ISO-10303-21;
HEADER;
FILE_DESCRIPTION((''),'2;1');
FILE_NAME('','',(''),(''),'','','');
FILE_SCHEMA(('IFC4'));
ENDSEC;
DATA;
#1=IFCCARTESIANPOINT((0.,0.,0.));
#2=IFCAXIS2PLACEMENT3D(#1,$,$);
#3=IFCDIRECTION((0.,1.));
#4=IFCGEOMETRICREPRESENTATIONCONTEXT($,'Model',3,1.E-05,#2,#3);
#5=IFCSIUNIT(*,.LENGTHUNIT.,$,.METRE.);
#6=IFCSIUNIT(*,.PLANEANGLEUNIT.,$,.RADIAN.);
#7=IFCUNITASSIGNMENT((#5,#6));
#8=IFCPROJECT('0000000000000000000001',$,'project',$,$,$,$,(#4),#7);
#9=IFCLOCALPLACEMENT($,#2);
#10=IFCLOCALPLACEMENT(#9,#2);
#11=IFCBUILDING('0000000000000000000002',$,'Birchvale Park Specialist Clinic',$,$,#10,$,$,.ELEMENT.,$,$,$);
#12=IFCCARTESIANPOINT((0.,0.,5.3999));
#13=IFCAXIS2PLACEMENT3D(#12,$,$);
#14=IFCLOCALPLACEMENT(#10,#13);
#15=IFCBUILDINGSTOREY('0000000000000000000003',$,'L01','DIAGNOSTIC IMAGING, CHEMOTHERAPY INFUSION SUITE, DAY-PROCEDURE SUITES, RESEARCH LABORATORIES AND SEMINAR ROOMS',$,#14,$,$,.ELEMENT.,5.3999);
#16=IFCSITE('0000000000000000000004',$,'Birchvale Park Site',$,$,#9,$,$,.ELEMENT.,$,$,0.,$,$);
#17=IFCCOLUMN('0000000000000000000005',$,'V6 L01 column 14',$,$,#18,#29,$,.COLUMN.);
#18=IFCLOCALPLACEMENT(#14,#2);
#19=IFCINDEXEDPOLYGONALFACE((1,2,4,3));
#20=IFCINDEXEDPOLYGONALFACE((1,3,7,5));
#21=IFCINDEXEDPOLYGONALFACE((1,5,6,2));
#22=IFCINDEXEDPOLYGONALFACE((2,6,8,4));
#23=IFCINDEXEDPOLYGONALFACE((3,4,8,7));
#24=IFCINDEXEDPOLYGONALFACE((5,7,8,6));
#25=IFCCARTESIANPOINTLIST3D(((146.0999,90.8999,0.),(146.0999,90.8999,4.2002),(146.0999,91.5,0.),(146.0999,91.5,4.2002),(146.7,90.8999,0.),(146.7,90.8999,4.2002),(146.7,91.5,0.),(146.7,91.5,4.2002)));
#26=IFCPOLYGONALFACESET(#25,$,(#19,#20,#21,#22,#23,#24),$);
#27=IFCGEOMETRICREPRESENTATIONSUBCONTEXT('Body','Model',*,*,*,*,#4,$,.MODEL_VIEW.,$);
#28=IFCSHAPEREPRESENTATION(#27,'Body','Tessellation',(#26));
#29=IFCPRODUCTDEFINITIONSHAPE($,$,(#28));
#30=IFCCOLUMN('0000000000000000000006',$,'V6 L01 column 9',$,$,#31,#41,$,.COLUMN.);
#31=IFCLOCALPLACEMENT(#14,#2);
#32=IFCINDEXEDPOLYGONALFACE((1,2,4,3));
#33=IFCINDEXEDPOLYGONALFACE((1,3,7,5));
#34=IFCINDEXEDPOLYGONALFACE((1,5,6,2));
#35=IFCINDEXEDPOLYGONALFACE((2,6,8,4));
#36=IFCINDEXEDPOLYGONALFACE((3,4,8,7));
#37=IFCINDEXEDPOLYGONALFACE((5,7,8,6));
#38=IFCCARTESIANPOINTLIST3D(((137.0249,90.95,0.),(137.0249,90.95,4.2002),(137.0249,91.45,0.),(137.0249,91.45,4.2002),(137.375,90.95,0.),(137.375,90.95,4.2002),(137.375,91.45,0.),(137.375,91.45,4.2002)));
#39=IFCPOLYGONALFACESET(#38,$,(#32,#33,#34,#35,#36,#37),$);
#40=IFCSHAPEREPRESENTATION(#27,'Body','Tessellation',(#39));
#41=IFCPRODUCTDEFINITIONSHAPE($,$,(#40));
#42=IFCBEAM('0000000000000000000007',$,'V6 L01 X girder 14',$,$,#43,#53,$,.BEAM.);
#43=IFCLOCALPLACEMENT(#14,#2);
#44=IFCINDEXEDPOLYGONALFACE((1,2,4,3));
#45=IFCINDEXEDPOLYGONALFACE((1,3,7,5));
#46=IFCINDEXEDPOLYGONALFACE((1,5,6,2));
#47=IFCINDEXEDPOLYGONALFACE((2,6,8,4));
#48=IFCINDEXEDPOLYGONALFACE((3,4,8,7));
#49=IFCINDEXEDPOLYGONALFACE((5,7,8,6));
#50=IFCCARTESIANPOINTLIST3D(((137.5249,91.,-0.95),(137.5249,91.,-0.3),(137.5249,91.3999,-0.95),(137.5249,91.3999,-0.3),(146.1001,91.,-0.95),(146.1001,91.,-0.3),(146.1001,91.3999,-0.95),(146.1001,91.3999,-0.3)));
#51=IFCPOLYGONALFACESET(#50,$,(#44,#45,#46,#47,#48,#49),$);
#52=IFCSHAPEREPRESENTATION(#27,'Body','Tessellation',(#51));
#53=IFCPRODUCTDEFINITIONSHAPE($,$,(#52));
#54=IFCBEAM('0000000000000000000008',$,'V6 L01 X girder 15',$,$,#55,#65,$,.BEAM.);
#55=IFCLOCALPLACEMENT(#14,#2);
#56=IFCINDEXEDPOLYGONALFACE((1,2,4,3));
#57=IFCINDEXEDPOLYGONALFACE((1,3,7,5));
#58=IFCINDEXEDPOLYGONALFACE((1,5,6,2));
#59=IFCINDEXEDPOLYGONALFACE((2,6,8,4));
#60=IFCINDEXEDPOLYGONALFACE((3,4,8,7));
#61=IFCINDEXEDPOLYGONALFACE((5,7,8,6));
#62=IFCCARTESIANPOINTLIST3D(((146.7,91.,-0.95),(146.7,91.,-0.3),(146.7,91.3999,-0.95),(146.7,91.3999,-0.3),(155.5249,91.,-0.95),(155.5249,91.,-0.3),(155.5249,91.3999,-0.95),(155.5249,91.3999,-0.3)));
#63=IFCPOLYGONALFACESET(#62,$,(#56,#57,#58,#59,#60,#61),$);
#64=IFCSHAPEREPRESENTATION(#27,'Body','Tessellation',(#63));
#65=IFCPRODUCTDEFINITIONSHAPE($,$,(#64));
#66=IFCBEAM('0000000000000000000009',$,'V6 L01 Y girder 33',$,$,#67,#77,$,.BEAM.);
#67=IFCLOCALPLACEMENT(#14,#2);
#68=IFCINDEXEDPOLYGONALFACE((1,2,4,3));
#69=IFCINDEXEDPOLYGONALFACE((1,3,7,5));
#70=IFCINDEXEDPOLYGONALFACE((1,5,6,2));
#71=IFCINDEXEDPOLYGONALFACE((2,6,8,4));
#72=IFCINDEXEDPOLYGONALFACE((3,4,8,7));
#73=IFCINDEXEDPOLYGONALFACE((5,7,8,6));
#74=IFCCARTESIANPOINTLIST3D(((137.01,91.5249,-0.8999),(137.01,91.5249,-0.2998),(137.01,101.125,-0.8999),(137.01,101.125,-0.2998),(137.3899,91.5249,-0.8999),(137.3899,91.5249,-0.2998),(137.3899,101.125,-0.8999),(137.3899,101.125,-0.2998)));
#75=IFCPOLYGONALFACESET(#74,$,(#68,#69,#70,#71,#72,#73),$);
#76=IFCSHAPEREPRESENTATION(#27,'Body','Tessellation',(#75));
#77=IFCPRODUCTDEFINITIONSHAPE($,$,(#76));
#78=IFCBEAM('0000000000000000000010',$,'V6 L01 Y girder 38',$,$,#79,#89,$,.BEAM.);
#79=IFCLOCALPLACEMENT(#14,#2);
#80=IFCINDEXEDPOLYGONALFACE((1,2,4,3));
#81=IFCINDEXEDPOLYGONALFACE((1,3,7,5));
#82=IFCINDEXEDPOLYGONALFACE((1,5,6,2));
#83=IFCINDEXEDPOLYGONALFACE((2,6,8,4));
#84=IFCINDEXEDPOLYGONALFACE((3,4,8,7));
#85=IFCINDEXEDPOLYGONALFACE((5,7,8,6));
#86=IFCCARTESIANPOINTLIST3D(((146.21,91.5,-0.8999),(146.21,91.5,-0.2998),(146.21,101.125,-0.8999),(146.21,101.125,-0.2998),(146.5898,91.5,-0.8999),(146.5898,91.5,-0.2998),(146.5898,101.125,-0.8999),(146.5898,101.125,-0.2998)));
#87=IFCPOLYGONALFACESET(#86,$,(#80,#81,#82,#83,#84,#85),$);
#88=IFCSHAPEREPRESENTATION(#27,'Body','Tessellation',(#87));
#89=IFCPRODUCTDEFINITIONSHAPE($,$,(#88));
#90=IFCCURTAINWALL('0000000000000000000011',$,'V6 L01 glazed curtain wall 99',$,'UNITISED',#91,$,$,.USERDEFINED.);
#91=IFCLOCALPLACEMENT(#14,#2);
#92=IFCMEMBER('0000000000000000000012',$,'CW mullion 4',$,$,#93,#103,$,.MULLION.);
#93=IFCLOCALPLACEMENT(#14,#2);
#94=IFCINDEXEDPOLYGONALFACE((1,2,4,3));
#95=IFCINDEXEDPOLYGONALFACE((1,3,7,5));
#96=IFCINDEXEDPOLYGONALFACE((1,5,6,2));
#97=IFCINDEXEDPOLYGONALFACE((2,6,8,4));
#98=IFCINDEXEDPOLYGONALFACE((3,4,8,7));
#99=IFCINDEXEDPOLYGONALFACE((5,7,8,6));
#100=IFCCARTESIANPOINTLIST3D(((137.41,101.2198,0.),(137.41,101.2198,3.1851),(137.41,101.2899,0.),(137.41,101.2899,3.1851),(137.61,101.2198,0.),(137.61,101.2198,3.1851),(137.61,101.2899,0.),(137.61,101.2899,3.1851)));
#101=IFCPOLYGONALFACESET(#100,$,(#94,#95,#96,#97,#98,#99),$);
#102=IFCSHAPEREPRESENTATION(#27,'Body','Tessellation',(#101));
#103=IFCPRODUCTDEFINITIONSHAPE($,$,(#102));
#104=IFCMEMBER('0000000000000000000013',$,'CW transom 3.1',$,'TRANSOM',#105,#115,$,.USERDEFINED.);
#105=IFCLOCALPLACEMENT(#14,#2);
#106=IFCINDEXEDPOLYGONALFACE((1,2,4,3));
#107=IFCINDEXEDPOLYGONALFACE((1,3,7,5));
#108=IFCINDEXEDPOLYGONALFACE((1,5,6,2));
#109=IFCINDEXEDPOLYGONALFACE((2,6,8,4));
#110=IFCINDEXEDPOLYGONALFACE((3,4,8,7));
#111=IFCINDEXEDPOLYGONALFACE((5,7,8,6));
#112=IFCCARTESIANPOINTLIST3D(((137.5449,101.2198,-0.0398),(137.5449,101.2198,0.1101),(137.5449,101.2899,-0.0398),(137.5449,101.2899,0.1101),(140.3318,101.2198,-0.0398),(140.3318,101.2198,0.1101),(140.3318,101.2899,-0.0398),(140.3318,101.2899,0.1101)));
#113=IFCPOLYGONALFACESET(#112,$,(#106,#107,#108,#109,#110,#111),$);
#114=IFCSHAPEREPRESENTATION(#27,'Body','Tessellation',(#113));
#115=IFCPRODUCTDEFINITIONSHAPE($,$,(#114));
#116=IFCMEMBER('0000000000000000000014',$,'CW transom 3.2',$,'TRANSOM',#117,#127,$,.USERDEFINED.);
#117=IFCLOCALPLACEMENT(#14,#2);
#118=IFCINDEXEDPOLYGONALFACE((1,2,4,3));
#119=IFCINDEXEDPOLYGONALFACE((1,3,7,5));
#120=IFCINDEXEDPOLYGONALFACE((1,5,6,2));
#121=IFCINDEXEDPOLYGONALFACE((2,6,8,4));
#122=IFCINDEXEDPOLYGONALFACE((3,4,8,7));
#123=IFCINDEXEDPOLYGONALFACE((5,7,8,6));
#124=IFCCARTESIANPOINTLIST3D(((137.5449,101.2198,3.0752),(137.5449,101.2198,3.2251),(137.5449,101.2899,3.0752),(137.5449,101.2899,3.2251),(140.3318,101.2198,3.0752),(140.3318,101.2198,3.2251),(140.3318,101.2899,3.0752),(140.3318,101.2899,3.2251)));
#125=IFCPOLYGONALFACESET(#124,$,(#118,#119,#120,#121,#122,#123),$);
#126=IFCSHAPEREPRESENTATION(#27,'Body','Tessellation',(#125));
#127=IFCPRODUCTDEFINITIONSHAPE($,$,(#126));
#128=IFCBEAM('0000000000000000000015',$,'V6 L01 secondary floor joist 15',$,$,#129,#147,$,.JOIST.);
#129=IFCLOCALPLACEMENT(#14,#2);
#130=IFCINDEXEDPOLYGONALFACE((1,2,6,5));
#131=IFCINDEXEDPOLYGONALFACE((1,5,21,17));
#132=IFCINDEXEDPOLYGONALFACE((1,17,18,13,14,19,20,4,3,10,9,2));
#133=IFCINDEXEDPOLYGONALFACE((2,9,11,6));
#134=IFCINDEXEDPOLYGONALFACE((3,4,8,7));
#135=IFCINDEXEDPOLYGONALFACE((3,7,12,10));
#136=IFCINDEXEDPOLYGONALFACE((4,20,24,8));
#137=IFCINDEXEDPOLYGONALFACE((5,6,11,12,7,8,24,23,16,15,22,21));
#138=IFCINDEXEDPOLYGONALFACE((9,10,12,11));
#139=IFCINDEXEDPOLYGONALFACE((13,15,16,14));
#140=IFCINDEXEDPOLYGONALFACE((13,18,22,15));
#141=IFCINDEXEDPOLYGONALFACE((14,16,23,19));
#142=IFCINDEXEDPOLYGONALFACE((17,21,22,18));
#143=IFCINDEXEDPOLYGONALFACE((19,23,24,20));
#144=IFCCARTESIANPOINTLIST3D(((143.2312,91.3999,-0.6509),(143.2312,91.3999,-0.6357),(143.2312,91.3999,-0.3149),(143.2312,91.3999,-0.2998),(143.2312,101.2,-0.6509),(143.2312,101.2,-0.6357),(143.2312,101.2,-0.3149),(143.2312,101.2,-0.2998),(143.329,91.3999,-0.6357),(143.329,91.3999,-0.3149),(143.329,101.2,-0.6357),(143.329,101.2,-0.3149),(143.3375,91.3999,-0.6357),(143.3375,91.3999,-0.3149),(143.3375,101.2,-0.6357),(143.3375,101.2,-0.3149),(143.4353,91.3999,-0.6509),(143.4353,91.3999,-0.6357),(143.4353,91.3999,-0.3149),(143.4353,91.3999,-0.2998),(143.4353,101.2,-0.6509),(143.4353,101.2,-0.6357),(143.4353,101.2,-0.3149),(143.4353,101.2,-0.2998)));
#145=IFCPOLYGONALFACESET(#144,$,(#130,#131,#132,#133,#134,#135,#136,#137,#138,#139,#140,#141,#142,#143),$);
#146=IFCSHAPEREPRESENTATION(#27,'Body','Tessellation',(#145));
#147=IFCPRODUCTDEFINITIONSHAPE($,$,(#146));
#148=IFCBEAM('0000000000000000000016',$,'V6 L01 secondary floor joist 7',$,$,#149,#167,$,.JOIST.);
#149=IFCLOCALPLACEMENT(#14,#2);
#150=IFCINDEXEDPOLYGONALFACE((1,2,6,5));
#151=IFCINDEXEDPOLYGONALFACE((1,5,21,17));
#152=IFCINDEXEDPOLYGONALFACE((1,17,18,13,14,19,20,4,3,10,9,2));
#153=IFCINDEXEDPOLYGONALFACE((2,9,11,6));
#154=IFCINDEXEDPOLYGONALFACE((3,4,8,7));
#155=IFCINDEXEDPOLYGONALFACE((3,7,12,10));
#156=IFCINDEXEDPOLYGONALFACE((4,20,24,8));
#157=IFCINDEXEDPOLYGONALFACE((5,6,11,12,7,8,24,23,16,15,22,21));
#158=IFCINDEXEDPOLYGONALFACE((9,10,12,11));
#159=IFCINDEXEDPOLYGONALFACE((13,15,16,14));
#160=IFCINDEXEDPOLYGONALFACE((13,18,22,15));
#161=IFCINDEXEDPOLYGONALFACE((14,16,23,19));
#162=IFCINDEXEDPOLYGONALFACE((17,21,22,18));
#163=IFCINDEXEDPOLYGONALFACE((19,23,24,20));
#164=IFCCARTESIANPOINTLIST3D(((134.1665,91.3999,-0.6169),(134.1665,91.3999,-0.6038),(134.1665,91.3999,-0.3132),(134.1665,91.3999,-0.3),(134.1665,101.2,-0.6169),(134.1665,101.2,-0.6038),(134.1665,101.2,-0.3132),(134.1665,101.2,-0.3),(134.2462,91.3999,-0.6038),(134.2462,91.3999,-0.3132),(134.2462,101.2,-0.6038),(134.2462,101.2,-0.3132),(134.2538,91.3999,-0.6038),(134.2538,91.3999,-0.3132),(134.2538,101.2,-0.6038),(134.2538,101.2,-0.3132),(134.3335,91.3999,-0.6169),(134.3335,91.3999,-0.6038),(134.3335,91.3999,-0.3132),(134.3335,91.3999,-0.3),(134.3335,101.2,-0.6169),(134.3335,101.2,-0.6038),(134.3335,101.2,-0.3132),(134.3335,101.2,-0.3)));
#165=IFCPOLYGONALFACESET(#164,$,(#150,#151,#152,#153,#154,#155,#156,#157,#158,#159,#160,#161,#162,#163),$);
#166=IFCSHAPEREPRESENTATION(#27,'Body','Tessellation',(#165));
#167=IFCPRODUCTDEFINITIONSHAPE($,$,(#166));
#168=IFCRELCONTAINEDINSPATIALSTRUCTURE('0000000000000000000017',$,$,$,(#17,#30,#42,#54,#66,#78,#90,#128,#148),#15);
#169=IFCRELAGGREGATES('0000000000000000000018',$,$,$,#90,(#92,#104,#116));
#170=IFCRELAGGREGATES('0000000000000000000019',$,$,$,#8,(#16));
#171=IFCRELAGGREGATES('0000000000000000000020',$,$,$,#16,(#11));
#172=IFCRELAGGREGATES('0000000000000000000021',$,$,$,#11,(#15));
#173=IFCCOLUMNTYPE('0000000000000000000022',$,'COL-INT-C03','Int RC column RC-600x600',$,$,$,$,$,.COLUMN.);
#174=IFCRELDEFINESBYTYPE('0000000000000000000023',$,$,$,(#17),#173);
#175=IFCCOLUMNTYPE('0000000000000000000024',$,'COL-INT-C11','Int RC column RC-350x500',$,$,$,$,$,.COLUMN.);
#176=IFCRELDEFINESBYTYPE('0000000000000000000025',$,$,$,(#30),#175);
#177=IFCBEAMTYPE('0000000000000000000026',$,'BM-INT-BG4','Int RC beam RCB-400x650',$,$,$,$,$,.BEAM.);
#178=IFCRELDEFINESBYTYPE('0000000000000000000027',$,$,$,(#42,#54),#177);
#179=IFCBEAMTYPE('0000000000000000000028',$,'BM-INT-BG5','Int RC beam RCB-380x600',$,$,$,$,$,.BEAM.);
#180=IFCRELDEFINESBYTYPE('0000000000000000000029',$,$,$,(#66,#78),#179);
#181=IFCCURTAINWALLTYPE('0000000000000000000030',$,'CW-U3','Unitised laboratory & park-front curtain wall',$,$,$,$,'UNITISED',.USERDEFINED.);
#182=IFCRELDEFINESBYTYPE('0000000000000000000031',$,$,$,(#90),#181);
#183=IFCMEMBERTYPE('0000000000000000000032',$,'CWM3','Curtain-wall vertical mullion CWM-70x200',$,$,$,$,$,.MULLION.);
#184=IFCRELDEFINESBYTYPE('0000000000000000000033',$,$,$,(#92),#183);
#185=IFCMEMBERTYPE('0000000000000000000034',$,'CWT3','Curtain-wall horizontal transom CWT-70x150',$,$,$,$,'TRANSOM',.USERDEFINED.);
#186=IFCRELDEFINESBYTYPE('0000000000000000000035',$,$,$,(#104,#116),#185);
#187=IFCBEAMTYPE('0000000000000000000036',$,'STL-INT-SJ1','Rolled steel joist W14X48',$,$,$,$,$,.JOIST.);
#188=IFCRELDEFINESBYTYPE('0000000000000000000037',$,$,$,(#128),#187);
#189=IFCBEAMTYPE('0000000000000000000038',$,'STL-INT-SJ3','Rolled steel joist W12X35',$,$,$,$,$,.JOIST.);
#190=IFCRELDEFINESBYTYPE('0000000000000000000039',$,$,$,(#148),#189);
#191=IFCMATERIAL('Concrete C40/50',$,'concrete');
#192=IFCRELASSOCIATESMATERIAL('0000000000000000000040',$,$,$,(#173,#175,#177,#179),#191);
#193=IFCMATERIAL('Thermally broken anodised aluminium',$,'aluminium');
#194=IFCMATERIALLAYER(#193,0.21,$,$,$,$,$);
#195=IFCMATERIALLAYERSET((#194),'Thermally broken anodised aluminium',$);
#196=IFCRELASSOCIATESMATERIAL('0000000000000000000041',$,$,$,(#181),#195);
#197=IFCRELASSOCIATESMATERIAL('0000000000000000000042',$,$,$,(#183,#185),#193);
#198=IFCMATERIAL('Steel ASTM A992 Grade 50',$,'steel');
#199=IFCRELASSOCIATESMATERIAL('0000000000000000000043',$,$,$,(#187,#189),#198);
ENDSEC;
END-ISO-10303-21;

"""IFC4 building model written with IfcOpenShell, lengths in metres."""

from ifc_helpers import new_model, si_unit, direction, frame, origin, origin_2d, place, context, subcontext, project, spatial, rectangle, i_section, extrude, material, layer, layer_set, material_profile, profile_set, type_object, element, aggregate, save


model = new_model("IFC4")

# Units and contexts
model_context = context("Model", 3, precision=1e-05, world=origin(), true_north=direction((0.0, 1.0)))
body_context = subcontext(model_context, "Body", "Model", "MODEL_VIEW")
ifc_project = project(units=[si_unit("LENGTHUNIT", "METRE"), si_unit("PLANEANGLEUNIT", "RADIAN")], contexts=[model_context])

# Site, building, storey
site_placement = place(None, origin())
site = spatial("IfcSite", under=ifc_project, at=site_placement, Name="Birchvale Park Site", CompositionType="ELEMENT", RefElevation=0.0)
building_placement = place(site_placement, origin())
building = spatial("IfcBuilding", under=site, at=building_placement, Name="Birchvale Park Specialist Clinic", CompositionType="ELEMENT")
storey_placement = place(building_placement, frame((0.0, 0.0, 5.3999)))
storey = spatial("IfcBuildingStorey", under=building, at=storey_placement, Name="L01", Description="DIAGNOSTIC IMAGING, CHEMOTHERAPY INFUSION SUITE, DAY-PROCEDURE SUITES, RESEARCH LABORATORIES AND SEMINAR ROOMS", CompositionType="ELEMENT", Elevation=5.3999)

# Columns
ifc_material_1 = material(Name="Concrete C40/50", Category="concrete")
ifc_material_profile_1 = material_profile(ifc_material_1, rectangle(XDim=0.6001, YDim=0.6001, at=origin_2d()), Name="RC-600x600")
ifc_profile_set_1 = profile_set([ifc_material_profile_1], Name="Concrete C40/50")
column_type_1 = type_object("IfcColumnType", Name="COL-INT-C03", Description="Int RC column RC-600x600", PredefinedType="COLUMN", material=ifc_profile_set_1)
column_1_placement = place(storey_placement, frame((146.3999, 91.2, 0.0), z_axis=(0.0, 0.0, 1.0), x_axis=(1.0, 0.0, 0.0)))
element("IfcColumn", 1, at=column_1_placement, inside=storey, type_object=column_type_1, Name="V6 L01 column 14", PredefinedType="COLUMN", context=body_context, shape_type="SweptSolid", body=[
    extrude(rectangle(XDim=0.6001, YDim=0.6001, at=origin_2d()), origin(), (0.0, 0.0, 1.0), 4.2002),
])
ifc_material_profile_2 = material_profile(ifc_material_1, rectangle(XDim=0.3501, YDim=0.5, at=origin_2d()), Name="RC-350x500")
ifc_profile_set_2 = profile_set([ifc_material_profile_2], Name="Concrete C40/50")
column_type_2 = type_object("IfcColumnType", Name="COL-INT-C11", Description="Int RC column RC-350x500", PredefinedType="COLUMN", material=ifc_profile_set_2)
column_2_placement = place(storey_placement, frame((137.2, 91.2, 0.0), z_axis=(0.0, 0.0, 1.0), x_axis=(1.0, 0.0, 0.0)))
element("IfcColumn", 2, at=column_2_placement, inside=storey, type_object=column_type_2, Name="V6 L01 column 9", PredefinedType="COLUMN", context=body_context, shape_type="SweptSolid", body=[
    extrude(rectangle(XDim=0.3501, YDim=0.5, at=origin_2d()), origin(), (0.0, 0.0, 1.0), 4.2002),
])

# Beams
ifc_material_profile_3 = material_profile(ifc_material_1, rectangle(XDim=0.3999, YDim=0.6499, at=origin_2d()), Name="RCB-400x650")
ifc_profile_set_3 = profile_set([ifc_material_profile_3], Name="Concrete C40/50")
beam_type_1 = type_object("IfcBeamType", Name="BM-INT-BG4", Description="Int RC beam RCB-400x650", PredefinedType="BEAM", material=ifc_profile_set_3)
beam_1_placement = place(storey_placement, frame((137.5249, 91.2, -0.625), z_axis=(1.0, 0.0, 0.0), x_axis=(0.0, 1.0, 0.0)))
element("IfcBeam", 3, at=beam_1_placement, inside=storey, type_object=beam_type_1, Name="V6 L01 X girder 14", PredefinedType="BEAM", context=body_context, shape_type="SweptSolid", body=[
    extrude(rectangle(XDim=0.3999, YDim=0.6499, at=origin_2d()), origin(), (0.0, 0.0, 1.0), 8.5752),
])
beam_2_placement = place(storey_placement, frame((146.7, 91.2, -0.625), z_axis=(1.0, 0.0, 0.0), x_axis=(0.0, 1.0, 0.0)))
element("IfcBeam", 4, at=beam_2_placement, inside=storey, type_object=beam_type_1, Name="V6 L01 X girder 15", PredefinedType="BEAM", context=body_context, shape_type="SweptSolid", body=[
    extrude(rectangle(XDim=0.3999, YDim=0.6499, at=origin_2d()), origin(), (0.0, 0.0, 1.0), 8.825),
])
ifc_material_profile_4 = material_profile(ifc_material_1, rectangle(XDim=0.3799, YDim=0.6001, at=origin_2d()), Name="RCB-380x600")
ifc_profile_set_4 = profile_set([ifc_material_profile_4], Name="Concrete C40/50")
beam_type_2 = type_object("IfcBeamType", Name="BM-INT-BG5", Description="Int RC beam RCB-380x600", PredefinedType="BEAM", material=ifc_profile_set_4)
beam_3_placement = place(storey_placement, frame((137.2, 91.5249, -0.5999), z_axis=(0.0, 1.0, 0.0), x_axis=(-1.0, 0.0, 0.0)))
element("IfcBeam", 5, at=beam_3_placement, inside=storey, type_object=beam_type_2, Name="V6 L01 Y girder 33", PredefinedType="BEAM", context=body_context, shape_type="SweptSolid", body=[
    extrude(rectangle(XDim=0.3799, YDim=0.6001, at=origin_2d()), origin(), (0.0, 0.0, 1.0), 9.6001),
])
beam_4_placement = place(storey_placement, frame((146.3999, 91.5, -0.5999), z_axis=(0.0, 1.0, 0.0), x_axis=(-1.0, 0.0, 0.0)))
element("IfcBeam", 6, at=beam_4_placement, inside=storey, type_object=beam_type_2, Name="V6 L01 Y girder 38", PredefinedType="BEAM", context=body_context, shape_type="SweptSolid", body=[
    extrude(rectangle(XDim=0.3799, YDim=0.6001, at=origin_2d()), origin(), (0.0, 0.0, 1.0), 9.625),
])

# Curtain wall, members
ifc_material_2 = material(Name="Thermally broken anodised aluminium", Category="aluminium")
ifc_layer_1 = layer(ifc_material_2, 0.21)
ifc_layer_set_1 = layer_set([ifc_layer_1], Name="Thermally broken anodised aluminium")
curtain_wall_type = type_object("IfcCurtainWallType", Name="CW-U3", Description="Unitised laboratory & park-front curtain wall", ElementType="UNITISED", PredefinedType="USERDEFINED", material=ifc_layer_set_1)
curtain_wall_placement = place(storey_placement, origin())
curtain_wall = element("IfcCurtainWall", 7, at=curtain_wall_placement, inside=storey, type_object=curtain_wall_type, Name="V6 L01 glazed curtain wall 99", ObjectType="UNITISED", PredefinedType="USERDEFINED")
ifc_material_profile_5 = material_profile(ifc_material_2, rectangle(XDim=0.0701, YDim=0.2, at=origin_2d()), Name="CWM-70x200")
ifc_profile_set_5 = profile_set([ifc_material_profile_5], Name="Thermally broken anodised aluminium")
member_type_1 = type_object("IfcMemberType", Name="CWM3", Description="Curtain-wall vertical mullion CWM-70x200", PredefinedType="MULLION", material=ifc_profile_set_5)
member_1_placement = place(storey_placement, frame((137.51, 101.2549, 0.0), z_axis=(0.0, 0.0, 1.0), x_axis=(0.0, -1.0, 0.0)))
member_1 = element("IfcMember", 8, at=member_1_placement, type_object=member_type_1, Name="CW mullion 4", PredefinedType="MULLION", context=body_context, shape_type="SweptSolid", body=[
    extrude(rectangle(XDim=0.0701, YDim=0.2, at=origin_2d()), origin(), (0.0, 0.0, 1.0), 3.1851),
])
ifc_material_profile_6 = material_profile(ifc_material_2, rectangle(XDim=0.0701, YDim=0.1499, at=origin_2d()), Name="CWT-70x150")
ifc_profile_set_6 = profile_set([ifc_material_profile_6], Name="Thermally broken anodised aluminium")
member_type_2 = type_object("IfcMemberType", Name="CWT3", Description="Curtain-wall horizontal transom CWT-70x150", ElementType="TRANSOM", PredefinedType="USERDEFINED", material=ifc_profile_set_6)
member_2_placement = place(storey_placement, frame((140.3318, 101.2549, 0.0352), z_axis=(-1.0, 0.0, 0.0), x_axis=(0.0, -1.0, 0.0)))
member_2 = element("IfcMember", 9, at=member_2_placement, type_object=member_type_2, Name="CW transom 3.1", ObjectType="TRANSOM", PredefinedType="USERDEFINED", context=body_context, shape_type="SweptSolid", body=[
    extrude(rectangle(XDim=0.0701, YDim=0.1499, at=origin_2d()), origin(), (0.0, 0.0, 1.0), 2.7869),
])
member_3_placement = place(storey_placement, frame((140.3318, 101.2549, 3.1501), z_axis=(-1.0, 0.0, 0.0), x_axis=(0.0, -1.0, 0.0)))
member_3 = element("IfcMember", 10, at=member_3_placement, type_object=member_type_2, Name="CW transom 3.2", ObjectType="TRANSOM", PredefinedType="USERDEFINED", context=body_context, shape_type="SweptSolid", body=[
    extrude(rectangle(XDim=0.0701, YDim=0.1499, at=origin_2d()), origin(), (0.0, 0.0, 1.0), 2.7869),
])

# Beams
ifc_material_3 = material(Name="Steel ASTM A992 Grade 50", Category="steel")
ifc_material_profile_7 = material_profile(ifc_material_3, i_section(OverallWidth=0.2041, OverallDepth=0.3511, WebThickness=0.0085, FlangeThickness=0.0151, at=origin_2d()), Name="W14X48")
ifc_profile_set_7 = profile_set([ifc_material_profile_7], Name="Steel ASTM A992 Grade 50")
beam_type_3 = type_object("IfcBeamType", Name="STL-INT-SJ1", Description="Rolled steel joist W14X48", PredefinedType="JOIST", material=ifc_profile_set_7)
beam_5_placement = place(storey_placement, frame((143.3333, 91.3999, -0.4753), z_axis=(0.0, 1.0, 0.0), x_axis=(-1.0, 0.0, 0.0)))
element("IfcBeam", 11, at=beam_5_placement, inside=storey, type_object=beam_type_3, Name="V6 L01 secondary floor joist 15", PredefinedType="JOIST", context=body_context, shape_type="SweptSolid", body=[
    extrude(i_section(OverallWidth=0.2041, OverallDepth=0.3511, WebThickness=0.0085, FlangeThickness=0.0151, at=origin_2d()), origin(), (0.0, 0.0, 1.0), 9.8),
])
ifc_material_profile_8 = material_profile(ifc_material_3, i_section(OverallWidth=0.167, OverallDepth=0.3169, WebThickness=0.0076, FlangeThickness=0.0132, at=origin_2d()), Name="W12X35")
ifc_profile_set_8 = profile_set([ifc_material_profile_8], Name="Steel ASTM A992 Grade 50")
beam_type_4 = type_object("IfcBeamType", Name="STL-INT-SJ3", Description="Rolled steel joist W12X35", PredefinedType="JOIST", material=ifc_profile_set_8)
beam_6_placement = place(storey_placement, frame((134.25, 91.3999, -0.4585), z_axis=(0.0, 1.0, 0.0), x_axis=(-1.0, 0.0, 0.0)))
element("IfcBeam", 12, at=beam_6_placement, inside=storey, type_object=beam_type_4, Name="V6 L01 secondary floor joist 7", PredefinedType="JOIST", context=body_context, shape_type="SweptSolid", body=[
    extrude(i_section(OverallWidth=0.167, OverallDepth=0.3169, WebThickness=0.0076, FlangeThickness=0.0132, at=origin_2d()), origin(), (0.0, 0.0, 1.0), 9.8),
])

aggregate(curtain_wall, [member_1, member_2, member_3])

save(model, "model.ifc")
